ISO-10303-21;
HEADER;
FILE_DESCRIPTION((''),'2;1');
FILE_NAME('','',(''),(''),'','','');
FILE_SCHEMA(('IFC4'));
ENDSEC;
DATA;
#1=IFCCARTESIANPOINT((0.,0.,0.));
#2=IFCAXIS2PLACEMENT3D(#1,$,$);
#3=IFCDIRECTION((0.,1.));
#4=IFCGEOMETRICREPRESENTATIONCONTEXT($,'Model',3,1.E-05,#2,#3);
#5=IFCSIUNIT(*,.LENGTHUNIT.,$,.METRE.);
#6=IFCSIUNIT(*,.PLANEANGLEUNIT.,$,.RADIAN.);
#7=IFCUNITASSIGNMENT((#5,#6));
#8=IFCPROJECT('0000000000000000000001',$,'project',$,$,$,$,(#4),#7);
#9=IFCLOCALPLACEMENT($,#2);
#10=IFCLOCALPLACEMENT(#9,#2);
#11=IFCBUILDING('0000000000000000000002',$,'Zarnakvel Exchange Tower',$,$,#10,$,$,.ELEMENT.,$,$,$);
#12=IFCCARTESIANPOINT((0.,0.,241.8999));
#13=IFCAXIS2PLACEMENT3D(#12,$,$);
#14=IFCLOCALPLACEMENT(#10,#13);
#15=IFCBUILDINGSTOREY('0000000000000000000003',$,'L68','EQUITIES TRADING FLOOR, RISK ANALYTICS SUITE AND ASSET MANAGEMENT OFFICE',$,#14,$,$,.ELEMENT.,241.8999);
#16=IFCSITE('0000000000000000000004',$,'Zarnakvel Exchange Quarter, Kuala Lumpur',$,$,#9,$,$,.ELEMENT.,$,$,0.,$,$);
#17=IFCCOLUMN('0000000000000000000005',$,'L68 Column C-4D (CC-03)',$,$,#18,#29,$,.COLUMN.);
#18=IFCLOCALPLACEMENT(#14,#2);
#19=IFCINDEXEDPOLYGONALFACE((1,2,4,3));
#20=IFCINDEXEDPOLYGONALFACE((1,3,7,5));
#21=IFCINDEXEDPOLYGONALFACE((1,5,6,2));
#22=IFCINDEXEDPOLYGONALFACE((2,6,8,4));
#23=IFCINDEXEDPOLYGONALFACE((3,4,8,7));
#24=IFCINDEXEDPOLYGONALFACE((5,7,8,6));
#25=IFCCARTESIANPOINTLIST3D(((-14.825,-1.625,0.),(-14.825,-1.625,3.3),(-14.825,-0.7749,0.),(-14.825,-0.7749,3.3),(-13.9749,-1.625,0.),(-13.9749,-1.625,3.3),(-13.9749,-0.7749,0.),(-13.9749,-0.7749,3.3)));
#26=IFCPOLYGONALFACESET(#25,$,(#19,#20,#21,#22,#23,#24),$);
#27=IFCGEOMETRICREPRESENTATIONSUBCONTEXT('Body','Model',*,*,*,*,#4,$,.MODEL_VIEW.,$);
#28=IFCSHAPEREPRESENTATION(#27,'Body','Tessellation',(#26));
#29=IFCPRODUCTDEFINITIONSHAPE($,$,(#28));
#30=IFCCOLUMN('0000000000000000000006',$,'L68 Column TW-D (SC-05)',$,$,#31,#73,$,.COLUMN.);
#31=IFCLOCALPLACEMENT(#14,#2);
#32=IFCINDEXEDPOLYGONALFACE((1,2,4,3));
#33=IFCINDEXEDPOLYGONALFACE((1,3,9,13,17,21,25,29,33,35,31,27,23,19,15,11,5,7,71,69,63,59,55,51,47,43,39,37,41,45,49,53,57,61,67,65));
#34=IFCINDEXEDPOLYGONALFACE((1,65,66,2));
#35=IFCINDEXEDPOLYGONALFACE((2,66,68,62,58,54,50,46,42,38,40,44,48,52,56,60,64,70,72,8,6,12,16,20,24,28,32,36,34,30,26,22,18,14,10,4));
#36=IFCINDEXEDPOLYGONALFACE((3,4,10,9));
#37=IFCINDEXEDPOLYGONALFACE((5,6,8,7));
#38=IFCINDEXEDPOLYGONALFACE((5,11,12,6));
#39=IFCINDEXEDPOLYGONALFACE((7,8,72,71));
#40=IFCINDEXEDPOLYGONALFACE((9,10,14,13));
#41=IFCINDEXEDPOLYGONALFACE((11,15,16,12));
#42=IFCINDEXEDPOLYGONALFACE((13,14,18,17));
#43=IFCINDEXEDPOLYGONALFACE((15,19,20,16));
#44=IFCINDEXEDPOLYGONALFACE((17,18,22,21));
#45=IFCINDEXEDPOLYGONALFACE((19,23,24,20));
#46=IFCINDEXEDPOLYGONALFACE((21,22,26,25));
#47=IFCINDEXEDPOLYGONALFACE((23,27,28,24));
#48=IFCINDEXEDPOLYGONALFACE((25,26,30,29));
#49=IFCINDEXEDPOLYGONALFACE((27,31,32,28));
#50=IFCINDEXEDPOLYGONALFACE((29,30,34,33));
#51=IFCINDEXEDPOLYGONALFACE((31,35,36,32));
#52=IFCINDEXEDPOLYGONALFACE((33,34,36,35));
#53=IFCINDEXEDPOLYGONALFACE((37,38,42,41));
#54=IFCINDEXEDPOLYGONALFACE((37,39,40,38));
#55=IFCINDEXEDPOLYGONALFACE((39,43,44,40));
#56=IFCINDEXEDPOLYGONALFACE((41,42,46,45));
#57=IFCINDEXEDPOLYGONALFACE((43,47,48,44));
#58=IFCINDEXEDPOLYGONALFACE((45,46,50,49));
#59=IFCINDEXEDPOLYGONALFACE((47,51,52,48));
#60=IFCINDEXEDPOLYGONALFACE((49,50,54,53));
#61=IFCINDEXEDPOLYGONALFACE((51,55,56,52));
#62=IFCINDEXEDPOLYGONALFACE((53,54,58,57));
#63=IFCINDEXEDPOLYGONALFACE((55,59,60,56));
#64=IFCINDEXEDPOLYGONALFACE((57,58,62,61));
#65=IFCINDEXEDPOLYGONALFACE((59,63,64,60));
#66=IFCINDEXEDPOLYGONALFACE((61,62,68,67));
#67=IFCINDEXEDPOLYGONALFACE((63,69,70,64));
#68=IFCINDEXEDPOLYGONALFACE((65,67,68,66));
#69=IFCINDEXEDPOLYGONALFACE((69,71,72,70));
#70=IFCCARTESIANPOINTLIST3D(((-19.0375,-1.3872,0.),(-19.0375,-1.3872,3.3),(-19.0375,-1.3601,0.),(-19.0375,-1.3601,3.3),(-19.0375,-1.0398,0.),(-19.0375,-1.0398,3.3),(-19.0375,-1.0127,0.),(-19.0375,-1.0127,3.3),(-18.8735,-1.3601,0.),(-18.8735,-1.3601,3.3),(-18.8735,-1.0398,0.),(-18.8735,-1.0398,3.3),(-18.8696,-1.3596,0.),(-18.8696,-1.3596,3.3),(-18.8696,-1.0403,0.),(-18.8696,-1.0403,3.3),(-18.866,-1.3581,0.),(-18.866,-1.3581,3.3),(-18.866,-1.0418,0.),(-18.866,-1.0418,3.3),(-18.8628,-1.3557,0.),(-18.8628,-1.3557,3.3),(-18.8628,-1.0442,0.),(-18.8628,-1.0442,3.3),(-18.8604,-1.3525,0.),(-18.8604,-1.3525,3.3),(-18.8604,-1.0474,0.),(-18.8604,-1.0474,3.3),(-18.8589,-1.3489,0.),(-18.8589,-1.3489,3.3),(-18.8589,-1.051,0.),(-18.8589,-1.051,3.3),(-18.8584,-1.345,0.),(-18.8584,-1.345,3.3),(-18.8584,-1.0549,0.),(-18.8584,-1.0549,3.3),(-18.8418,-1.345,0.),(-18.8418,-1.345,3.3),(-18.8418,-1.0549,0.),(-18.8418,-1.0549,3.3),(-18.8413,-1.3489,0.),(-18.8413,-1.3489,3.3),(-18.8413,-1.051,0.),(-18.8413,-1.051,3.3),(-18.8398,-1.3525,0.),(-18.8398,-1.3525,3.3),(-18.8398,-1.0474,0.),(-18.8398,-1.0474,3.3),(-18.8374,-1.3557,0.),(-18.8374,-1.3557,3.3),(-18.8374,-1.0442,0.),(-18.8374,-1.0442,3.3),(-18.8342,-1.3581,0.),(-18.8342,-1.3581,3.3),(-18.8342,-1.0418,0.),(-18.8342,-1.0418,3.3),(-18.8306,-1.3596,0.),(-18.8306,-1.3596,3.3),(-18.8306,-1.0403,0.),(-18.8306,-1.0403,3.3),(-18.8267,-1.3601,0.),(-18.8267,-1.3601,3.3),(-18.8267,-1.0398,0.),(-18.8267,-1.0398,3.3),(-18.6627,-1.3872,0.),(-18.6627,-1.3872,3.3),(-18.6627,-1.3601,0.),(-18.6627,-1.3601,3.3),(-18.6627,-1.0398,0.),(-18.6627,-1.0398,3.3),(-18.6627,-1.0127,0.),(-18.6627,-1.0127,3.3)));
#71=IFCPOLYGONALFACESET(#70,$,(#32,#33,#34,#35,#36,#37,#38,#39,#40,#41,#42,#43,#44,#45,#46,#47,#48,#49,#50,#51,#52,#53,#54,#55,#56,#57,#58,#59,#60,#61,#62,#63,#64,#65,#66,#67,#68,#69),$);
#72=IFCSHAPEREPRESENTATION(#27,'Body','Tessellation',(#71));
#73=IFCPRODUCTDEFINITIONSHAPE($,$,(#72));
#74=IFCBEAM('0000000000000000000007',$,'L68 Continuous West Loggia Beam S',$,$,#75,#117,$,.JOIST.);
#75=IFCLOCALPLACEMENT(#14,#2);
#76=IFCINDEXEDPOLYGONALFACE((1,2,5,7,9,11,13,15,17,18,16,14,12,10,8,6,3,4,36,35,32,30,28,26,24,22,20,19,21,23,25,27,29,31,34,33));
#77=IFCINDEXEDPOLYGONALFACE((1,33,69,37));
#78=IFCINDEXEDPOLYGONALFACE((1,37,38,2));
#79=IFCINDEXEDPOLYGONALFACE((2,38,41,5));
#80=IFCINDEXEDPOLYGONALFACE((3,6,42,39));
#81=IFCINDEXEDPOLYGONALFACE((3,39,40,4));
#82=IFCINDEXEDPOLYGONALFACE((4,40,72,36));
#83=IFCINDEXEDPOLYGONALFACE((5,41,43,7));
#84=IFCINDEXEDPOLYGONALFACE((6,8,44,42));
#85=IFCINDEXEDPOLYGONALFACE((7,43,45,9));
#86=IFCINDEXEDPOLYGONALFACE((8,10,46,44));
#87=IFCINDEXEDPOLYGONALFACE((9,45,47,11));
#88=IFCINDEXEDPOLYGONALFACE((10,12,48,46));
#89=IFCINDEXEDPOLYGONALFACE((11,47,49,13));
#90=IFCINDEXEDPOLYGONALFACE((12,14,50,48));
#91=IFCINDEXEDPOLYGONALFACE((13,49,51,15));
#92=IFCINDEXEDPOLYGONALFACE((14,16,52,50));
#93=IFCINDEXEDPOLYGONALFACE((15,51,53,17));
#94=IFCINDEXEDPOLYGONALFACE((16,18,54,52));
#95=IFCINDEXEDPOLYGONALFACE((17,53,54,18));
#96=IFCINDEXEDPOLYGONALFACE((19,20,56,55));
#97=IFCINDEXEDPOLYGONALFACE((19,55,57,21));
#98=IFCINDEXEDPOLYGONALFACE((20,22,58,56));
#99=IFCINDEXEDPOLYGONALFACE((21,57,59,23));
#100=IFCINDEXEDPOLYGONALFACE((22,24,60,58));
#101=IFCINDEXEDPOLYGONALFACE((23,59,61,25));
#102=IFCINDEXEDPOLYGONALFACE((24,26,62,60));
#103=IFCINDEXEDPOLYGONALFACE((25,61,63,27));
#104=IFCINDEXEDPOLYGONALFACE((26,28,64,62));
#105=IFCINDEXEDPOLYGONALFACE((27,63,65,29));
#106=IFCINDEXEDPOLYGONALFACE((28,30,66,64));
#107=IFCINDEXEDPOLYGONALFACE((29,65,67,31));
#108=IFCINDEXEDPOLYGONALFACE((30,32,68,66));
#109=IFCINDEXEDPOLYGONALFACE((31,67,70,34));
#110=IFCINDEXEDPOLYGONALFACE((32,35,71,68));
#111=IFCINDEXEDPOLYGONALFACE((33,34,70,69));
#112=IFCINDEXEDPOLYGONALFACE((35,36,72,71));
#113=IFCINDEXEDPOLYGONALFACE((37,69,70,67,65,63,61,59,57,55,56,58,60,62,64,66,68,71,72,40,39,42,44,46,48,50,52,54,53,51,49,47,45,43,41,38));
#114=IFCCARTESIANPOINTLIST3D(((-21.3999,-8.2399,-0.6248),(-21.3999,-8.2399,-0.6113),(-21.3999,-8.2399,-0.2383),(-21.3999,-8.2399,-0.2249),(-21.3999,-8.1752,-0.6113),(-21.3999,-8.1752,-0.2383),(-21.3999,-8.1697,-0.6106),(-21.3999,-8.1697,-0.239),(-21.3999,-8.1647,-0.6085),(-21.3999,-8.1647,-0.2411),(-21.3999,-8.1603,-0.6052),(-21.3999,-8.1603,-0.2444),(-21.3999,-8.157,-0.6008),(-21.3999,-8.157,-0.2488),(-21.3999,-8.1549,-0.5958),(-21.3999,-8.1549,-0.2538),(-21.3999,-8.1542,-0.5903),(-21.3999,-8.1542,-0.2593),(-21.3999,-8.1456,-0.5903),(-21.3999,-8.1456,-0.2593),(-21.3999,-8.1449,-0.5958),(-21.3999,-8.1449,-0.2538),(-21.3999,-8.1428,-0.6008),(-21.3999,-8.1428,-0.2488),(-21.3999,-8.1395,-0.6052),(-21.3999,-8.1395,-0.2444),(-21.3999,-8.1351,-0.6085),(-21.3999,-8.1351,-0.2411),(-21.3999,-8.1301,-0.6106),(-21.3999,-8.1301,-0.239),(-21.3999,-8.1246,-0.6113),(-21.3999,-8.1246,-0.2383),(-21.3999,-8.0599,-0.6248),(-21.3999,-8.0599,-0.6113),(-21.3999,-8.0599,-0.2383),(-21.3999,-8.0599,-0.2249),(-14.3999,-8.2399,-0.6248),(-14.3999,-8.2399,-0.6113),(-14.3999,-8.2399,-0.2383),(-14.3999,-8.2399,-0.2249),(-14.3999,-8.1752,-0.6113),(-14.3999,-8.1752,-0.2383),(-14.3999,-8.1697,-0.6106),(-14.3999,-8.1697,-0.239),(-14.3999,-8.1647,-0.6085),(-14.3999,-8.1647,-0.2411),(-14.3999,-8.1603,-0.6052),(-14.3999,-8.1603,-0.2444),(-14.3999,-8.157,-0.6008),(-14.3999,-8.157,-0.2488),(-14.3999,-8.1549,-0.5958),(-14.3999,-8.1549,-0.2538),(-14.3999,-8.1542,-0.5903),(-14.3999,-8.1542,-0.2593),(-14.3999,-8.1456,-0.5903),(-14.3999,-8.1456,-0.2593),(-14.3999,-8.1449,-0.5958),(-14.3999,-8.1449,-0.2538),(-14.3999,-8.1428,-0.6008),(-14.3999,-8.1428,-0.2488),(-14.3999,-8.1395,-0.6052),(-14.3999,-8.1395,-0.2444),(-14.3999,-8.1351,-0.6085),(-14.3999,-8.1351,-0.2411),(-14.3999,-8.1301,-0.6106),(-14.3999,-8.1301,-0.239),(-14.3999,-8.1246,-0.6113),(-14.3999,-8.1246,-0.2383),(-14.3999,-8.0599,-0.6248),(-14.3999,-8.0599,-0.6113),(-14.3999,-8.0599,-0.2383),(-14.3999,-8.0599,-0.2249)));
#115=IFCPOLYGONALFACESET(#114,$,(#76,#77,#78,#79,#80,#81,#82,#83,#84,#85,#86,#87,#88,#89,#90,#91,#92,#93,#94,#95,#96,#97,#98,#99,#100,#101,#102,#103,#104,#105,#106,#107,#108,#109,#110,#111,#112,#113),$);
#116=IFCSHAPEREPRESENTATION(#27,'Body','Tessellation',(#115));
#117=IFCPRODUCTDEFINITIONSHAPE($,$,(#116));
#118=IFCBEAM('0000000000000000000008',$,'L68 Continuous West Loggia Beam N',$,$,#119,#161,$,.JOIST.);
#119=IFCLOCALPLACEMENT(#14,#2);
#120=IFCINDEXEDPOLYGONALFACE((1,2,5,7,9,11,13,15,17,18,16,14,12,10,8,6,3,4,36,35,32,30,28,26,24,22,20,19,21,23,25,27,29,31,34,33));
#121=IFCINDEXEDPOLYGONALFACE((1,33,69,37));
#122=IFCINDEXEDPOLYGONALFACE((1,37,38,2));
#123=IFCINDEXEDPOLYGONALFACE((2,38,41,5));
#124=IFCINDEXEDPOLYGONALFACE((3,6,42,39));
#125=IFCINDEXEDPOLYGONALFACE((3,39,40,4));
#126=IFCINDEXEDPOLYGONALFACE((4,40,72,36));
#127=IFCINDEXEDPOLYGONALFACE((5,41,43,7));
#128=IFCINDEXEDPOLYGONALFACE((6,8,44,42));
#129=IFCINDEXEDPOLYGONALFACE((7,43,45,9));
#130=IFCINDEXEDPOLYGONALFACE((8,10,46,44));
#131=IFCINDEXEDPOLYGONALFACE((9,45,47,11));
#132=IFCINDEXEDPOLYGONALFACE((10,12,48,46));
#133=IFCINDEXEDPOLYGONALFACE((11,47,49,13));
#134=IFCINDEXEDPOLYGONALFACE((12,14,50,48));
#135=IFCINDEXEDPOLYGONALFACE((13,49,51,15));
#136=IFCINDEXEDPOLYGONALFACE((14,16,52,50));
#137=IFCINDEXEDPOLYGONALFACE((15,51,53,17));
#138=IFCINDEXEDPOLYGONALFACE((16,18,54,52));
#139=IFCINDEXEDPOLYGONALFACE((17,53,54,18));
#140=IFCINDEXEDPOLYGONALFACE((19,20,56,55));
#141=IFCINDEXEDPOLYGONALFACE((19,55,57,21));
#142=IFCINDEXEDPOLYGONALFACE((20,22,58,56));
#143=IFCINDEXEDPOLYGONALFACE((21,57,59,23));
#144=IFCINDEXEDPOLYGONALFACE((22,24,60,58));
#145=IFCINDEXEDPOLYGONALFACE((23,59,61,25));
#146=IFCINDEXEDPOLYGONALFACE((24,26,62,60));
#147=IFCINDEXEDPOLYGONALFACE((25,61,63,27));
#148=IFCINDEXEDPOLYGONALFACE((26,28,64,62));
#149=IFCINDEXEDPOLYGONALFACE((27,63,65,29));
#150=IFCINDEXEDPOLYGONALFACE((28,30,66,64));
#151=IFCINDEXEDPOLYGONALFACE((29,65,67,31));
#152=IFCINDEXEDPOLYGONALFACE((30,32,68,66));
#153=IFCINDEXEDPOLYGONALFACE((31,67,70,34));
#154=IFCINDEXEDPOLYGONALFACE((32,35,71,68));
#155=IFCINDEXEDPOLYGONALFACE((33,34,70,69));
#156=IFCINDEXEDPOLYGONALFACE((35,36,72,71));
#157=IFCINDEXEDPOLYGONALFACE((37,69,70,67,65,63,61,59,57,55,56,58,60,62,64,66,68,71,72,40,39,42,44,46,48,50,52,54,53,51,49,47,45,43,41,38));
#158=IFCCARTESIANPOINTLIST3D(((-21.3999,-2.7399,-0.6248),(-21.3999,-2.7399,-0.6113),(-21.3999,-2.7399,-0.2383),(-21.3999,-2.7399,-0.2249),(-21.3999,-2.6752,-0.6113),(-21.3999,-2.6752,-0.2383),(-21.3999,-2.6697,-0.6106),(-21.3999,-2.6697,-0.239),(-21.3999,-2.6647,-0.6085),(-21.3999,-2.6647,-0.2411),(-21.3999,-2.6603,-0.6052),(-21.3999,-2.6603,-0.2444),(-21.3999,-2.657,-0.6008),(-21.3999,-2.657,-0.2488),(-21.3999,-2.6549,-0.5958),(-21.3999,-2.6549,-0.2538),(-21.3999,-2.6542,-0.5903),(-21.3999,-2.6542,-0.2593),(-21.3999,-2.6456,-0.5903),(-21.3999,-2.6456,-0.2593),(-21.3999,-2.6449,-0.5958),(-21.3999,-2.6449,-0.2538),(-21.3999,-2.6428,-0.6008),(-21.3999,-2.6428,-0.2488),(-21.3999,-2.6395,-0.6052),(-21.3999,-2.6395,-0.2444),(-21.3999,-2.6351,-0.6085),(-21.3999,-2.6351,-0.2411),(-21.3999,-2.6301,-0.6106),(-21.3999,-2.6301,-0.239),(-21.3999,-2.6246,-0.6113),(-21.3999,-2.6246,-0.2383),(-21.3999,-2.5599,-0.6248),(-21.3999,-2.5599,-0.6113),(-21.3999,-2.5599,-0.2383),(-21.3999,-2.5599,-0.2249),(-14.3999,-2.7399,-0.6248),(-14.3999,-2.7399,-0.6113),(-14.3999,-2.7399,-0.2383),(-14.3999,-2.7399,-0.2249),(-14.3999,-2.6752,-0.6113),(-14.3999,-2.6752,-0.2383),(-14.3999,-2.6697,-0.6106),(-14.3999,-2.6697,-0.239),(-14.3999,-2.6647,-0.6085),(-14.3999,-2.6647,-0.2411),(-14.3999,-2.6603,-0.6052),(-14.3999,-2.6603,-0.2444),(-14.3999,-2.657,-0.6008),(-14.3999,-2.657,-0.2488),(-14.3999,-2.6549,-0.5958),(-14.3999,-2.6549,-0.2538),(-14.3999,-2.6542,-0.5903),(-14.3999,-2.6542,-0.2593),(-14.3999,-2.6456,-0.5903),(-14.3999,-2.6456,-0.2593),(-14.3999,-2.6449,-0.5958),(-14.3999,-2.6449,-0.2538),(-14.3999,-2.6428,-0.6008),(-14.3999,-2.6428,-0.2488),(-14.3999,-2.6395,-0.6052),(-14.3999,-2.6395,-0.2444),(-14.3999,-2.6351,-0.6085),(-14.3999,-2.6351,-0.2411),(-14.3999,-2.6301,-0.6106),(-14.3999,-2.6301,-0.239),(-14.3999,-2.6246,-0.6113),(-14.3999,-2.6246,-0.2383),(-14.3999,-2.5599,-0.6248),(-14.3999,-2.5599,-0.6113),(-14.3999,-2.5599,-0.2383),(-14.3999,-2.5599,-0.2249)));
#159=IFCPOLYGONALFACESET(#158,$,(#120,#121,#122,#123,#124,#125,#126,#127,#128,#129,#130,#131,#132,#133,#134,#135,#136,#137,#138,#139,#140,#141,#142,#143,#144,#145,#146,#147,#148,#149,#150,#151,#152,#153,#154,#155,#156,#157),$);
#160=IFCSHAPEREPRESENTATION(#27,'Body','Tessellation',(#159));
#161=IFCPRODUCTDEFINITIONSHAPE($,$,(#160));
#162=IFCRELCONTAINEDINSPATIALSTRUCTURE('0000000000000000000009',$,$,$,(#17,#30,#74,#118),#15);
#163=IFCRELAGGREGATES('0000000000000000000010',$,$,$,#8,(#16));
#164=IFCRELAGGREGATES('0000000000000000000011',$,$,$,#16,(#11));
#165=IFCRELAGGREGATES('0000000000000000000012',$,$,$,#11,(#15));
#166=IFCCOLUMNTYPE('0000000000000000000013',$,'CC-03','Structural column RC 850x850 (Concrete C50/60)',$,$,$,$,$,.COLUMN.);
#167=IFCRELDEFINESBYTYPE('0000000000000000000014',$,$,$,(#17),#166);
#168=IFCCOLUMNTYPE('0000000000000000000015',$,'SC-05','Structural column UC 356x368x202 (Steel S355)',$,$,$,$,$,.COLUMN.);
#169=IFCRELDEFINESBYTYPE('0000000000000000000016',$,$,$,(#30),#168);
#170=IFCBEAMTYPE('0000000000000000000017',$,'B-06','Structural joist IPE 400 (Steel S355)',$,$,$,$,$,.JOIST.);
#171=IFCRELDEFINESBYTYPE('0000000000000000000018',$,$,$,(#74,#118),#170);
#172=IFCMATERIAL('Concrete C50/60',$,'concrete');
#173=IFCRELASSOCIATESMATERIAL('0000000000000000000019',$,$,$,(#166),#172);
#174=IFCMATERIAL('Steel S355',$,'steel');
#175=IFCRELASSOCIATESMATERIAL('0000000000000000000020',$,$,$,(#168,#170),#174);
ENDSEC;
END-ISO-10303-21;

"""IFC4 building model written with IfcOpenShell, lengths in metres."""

from ifc_helpers import new_model, si_unit, direction, frame, origin, origin_2d, place, context, subcontext, project, spatial, rectangle, i_section, extrude, material, material_profile, profile_set, type_object, element, save


model = new_model("IFC4")

# Units and contexts
model_context = context("Model", 3, precision=1e-05, world=origin(), true_north=direction((0.0, 1.0)))
body_context = subcontext(model_context, "Body", "Model", "MODEL_VIEW")
ifc_project = project(units=[si_unit("LENGTHUNIT", "METRE"), si_unit("PLANEANGLEUNIT", "RADIAN")], contexts=[model_context])

# Site, building, storey
site_placement = place(None, origin())
site = spatial("IfcSite", under=ifc_project, at=site_placement, Name="Zarnakvel Exchange Quarter, Kuala Lumpur", CompositionType="ELEMENT", RefElevation=0.0)
building_placement = place(site_placement, origin())
building = spatial("IfcBuilding", under=site, at=building_placement, Name="Zarnakvel Exchange Tower", CompositionType="ELEMENT")
storey_placement = place(building_placement, frame((0.0, 0.0, 241.8999)))
storey = spatial("IfcBuildingStorey", under=building, at=storey_placement, Name="L68", Description="EQUITIES TRADING FLOOR, RISK ANALYTICS SUITE AND ASSET MANAGEMENT OFFICE", CompositionType="ELEMENT", Elevation=241.8999)

# Columns
ifc_material_1 = material(Name="Concrete C50/60", Category="concrete")
ifc_material_profile_1 = material_profile(ifc_material_1, rectangle(XDim=0.8501, YDim=0.8501, at=origin_2d()))
ifc_profile_set_1 = profile_set([ifc_material_profile_1], Name="Concrete C50/60")
column_type_1 = type_object("IfcColumnType", Name="CC-03", Description="Structural column RC 850x850 (Concrete C50/60)", PredefinedType="COLUMN", material=ifc_profile_set_1)
column_1_placement = place(storey_placement, frame((-14.3999, -1.2, 0.0), z_axis=(0.0, 0.0, 1.0), x_axis=(1.0, 0.0, 0.0)))
element("IfcColumn", 1, at=column_1_placement, inside=storey, type_object=column_type_1, Name="L68 Column C-4D (CC-03)", PredefinedType="COLUMN", context=body_context, shape_type="SweptSolid", body=[
    extrude(rectangle(XDim=0.8501, YDim=0.8501, at=origin_2d()), origin(), (0.0, 0.0, 1.0), 3.3),
])
ifc_material_2 = material(Name="Steel S355", Category="steel")
ifc_material_profile_2 = material_profile(ifc_material_2, i_section(OverallWidth=0.3748, OverallDepth=0.3745, WebThickness=0.0166, FlangeThickness=0.0271, FilletRadius=0.0151, at=origin_2d()))
ifc_profile_set_2 = profile_set([ifc_material_profile_2], Name="Steel S355")
column_type_2 = type_object("IfcColumnType", Name="SC-05", Description="Structural column UC 356x368x202 (Steel S355)", PredefinedType="COLUMN", material=ifc_profile_set_2)
column_2_placement = place(storey_placement, frame((-18.8501, -1.2, 0.0), z_axis=(0.0, 0.0, 1.0), x_axis=(1.0, 0.0, 0.0)))
element("IfcColumn", 2, at=column_2_placement, inside=storey, type_object=column_type_2, Name="L68 Column TW-D (SC-05)", PredefinedType="COLUMN", context=body_context, shape_type="SweptSolid", body=[
    extrude(i_section(OverallWidth=0.3748, OverallDepth=0.3745, WebThickness=0.0166, FlangeThickness=0.0271, FilletRadius=0.0151, at=origin_2d()), origin(), (0.0, 0.0, 1.0), 3.3),
])

# Beams
ifc_material_profile_3 = material_profile(ifc_material_2, i_section(OverallWidth=0.1799, OverallDepth=0.3999, WebThickness=0.0085, FlangeThickness=0.0134, FilletRadius=0.021, at=origin_2d()))
ifc_profile_set_3 = profile_set([ifc_material_profile_3], Name="Steel S355")
beam_type_1 = type_object("IfcBeamType", Name="B-06", Description="Structural joist IPE 400 (Steel S355)", PredefinedType="JOIST", material=ifc_profile_set_3)
for number, where, z_axis, x_axis, name in (
    (3, (-14.3999, -8.1499, -0.4248), (-1.0, 0.0, 0.0), (0.0, -1.0, 0.0), "L68 Continuous West Loggia Beam S"),
    (4, (-14.3999, -2.6499, -0.4248), (-1.0, 0.0, 0.0), (0.0, -1.0, 0.0), "L68 Continuous West Loggia Beam N"),
):
    element("IfcBeam", number, at=place(storey_placement, frame(where, z_axis=z_axis, x_axis=x_axis)), inside=storey, type_object=beam_type_1, Name=name, PredefinedType="JOIST", context=body_context, shape_type="SweptSolid", body=[
        extrude(i_section(OverallWidth=0.1799, OverallDepth=0.3999, WebThickness=0.0085, FlangeThickness=0.0134, FilletRadius=0.021, at=origin_2d()), origin(), (0.0, 0.0, 1.0), 7.0),
    ])

save(model, "model.ifc")
